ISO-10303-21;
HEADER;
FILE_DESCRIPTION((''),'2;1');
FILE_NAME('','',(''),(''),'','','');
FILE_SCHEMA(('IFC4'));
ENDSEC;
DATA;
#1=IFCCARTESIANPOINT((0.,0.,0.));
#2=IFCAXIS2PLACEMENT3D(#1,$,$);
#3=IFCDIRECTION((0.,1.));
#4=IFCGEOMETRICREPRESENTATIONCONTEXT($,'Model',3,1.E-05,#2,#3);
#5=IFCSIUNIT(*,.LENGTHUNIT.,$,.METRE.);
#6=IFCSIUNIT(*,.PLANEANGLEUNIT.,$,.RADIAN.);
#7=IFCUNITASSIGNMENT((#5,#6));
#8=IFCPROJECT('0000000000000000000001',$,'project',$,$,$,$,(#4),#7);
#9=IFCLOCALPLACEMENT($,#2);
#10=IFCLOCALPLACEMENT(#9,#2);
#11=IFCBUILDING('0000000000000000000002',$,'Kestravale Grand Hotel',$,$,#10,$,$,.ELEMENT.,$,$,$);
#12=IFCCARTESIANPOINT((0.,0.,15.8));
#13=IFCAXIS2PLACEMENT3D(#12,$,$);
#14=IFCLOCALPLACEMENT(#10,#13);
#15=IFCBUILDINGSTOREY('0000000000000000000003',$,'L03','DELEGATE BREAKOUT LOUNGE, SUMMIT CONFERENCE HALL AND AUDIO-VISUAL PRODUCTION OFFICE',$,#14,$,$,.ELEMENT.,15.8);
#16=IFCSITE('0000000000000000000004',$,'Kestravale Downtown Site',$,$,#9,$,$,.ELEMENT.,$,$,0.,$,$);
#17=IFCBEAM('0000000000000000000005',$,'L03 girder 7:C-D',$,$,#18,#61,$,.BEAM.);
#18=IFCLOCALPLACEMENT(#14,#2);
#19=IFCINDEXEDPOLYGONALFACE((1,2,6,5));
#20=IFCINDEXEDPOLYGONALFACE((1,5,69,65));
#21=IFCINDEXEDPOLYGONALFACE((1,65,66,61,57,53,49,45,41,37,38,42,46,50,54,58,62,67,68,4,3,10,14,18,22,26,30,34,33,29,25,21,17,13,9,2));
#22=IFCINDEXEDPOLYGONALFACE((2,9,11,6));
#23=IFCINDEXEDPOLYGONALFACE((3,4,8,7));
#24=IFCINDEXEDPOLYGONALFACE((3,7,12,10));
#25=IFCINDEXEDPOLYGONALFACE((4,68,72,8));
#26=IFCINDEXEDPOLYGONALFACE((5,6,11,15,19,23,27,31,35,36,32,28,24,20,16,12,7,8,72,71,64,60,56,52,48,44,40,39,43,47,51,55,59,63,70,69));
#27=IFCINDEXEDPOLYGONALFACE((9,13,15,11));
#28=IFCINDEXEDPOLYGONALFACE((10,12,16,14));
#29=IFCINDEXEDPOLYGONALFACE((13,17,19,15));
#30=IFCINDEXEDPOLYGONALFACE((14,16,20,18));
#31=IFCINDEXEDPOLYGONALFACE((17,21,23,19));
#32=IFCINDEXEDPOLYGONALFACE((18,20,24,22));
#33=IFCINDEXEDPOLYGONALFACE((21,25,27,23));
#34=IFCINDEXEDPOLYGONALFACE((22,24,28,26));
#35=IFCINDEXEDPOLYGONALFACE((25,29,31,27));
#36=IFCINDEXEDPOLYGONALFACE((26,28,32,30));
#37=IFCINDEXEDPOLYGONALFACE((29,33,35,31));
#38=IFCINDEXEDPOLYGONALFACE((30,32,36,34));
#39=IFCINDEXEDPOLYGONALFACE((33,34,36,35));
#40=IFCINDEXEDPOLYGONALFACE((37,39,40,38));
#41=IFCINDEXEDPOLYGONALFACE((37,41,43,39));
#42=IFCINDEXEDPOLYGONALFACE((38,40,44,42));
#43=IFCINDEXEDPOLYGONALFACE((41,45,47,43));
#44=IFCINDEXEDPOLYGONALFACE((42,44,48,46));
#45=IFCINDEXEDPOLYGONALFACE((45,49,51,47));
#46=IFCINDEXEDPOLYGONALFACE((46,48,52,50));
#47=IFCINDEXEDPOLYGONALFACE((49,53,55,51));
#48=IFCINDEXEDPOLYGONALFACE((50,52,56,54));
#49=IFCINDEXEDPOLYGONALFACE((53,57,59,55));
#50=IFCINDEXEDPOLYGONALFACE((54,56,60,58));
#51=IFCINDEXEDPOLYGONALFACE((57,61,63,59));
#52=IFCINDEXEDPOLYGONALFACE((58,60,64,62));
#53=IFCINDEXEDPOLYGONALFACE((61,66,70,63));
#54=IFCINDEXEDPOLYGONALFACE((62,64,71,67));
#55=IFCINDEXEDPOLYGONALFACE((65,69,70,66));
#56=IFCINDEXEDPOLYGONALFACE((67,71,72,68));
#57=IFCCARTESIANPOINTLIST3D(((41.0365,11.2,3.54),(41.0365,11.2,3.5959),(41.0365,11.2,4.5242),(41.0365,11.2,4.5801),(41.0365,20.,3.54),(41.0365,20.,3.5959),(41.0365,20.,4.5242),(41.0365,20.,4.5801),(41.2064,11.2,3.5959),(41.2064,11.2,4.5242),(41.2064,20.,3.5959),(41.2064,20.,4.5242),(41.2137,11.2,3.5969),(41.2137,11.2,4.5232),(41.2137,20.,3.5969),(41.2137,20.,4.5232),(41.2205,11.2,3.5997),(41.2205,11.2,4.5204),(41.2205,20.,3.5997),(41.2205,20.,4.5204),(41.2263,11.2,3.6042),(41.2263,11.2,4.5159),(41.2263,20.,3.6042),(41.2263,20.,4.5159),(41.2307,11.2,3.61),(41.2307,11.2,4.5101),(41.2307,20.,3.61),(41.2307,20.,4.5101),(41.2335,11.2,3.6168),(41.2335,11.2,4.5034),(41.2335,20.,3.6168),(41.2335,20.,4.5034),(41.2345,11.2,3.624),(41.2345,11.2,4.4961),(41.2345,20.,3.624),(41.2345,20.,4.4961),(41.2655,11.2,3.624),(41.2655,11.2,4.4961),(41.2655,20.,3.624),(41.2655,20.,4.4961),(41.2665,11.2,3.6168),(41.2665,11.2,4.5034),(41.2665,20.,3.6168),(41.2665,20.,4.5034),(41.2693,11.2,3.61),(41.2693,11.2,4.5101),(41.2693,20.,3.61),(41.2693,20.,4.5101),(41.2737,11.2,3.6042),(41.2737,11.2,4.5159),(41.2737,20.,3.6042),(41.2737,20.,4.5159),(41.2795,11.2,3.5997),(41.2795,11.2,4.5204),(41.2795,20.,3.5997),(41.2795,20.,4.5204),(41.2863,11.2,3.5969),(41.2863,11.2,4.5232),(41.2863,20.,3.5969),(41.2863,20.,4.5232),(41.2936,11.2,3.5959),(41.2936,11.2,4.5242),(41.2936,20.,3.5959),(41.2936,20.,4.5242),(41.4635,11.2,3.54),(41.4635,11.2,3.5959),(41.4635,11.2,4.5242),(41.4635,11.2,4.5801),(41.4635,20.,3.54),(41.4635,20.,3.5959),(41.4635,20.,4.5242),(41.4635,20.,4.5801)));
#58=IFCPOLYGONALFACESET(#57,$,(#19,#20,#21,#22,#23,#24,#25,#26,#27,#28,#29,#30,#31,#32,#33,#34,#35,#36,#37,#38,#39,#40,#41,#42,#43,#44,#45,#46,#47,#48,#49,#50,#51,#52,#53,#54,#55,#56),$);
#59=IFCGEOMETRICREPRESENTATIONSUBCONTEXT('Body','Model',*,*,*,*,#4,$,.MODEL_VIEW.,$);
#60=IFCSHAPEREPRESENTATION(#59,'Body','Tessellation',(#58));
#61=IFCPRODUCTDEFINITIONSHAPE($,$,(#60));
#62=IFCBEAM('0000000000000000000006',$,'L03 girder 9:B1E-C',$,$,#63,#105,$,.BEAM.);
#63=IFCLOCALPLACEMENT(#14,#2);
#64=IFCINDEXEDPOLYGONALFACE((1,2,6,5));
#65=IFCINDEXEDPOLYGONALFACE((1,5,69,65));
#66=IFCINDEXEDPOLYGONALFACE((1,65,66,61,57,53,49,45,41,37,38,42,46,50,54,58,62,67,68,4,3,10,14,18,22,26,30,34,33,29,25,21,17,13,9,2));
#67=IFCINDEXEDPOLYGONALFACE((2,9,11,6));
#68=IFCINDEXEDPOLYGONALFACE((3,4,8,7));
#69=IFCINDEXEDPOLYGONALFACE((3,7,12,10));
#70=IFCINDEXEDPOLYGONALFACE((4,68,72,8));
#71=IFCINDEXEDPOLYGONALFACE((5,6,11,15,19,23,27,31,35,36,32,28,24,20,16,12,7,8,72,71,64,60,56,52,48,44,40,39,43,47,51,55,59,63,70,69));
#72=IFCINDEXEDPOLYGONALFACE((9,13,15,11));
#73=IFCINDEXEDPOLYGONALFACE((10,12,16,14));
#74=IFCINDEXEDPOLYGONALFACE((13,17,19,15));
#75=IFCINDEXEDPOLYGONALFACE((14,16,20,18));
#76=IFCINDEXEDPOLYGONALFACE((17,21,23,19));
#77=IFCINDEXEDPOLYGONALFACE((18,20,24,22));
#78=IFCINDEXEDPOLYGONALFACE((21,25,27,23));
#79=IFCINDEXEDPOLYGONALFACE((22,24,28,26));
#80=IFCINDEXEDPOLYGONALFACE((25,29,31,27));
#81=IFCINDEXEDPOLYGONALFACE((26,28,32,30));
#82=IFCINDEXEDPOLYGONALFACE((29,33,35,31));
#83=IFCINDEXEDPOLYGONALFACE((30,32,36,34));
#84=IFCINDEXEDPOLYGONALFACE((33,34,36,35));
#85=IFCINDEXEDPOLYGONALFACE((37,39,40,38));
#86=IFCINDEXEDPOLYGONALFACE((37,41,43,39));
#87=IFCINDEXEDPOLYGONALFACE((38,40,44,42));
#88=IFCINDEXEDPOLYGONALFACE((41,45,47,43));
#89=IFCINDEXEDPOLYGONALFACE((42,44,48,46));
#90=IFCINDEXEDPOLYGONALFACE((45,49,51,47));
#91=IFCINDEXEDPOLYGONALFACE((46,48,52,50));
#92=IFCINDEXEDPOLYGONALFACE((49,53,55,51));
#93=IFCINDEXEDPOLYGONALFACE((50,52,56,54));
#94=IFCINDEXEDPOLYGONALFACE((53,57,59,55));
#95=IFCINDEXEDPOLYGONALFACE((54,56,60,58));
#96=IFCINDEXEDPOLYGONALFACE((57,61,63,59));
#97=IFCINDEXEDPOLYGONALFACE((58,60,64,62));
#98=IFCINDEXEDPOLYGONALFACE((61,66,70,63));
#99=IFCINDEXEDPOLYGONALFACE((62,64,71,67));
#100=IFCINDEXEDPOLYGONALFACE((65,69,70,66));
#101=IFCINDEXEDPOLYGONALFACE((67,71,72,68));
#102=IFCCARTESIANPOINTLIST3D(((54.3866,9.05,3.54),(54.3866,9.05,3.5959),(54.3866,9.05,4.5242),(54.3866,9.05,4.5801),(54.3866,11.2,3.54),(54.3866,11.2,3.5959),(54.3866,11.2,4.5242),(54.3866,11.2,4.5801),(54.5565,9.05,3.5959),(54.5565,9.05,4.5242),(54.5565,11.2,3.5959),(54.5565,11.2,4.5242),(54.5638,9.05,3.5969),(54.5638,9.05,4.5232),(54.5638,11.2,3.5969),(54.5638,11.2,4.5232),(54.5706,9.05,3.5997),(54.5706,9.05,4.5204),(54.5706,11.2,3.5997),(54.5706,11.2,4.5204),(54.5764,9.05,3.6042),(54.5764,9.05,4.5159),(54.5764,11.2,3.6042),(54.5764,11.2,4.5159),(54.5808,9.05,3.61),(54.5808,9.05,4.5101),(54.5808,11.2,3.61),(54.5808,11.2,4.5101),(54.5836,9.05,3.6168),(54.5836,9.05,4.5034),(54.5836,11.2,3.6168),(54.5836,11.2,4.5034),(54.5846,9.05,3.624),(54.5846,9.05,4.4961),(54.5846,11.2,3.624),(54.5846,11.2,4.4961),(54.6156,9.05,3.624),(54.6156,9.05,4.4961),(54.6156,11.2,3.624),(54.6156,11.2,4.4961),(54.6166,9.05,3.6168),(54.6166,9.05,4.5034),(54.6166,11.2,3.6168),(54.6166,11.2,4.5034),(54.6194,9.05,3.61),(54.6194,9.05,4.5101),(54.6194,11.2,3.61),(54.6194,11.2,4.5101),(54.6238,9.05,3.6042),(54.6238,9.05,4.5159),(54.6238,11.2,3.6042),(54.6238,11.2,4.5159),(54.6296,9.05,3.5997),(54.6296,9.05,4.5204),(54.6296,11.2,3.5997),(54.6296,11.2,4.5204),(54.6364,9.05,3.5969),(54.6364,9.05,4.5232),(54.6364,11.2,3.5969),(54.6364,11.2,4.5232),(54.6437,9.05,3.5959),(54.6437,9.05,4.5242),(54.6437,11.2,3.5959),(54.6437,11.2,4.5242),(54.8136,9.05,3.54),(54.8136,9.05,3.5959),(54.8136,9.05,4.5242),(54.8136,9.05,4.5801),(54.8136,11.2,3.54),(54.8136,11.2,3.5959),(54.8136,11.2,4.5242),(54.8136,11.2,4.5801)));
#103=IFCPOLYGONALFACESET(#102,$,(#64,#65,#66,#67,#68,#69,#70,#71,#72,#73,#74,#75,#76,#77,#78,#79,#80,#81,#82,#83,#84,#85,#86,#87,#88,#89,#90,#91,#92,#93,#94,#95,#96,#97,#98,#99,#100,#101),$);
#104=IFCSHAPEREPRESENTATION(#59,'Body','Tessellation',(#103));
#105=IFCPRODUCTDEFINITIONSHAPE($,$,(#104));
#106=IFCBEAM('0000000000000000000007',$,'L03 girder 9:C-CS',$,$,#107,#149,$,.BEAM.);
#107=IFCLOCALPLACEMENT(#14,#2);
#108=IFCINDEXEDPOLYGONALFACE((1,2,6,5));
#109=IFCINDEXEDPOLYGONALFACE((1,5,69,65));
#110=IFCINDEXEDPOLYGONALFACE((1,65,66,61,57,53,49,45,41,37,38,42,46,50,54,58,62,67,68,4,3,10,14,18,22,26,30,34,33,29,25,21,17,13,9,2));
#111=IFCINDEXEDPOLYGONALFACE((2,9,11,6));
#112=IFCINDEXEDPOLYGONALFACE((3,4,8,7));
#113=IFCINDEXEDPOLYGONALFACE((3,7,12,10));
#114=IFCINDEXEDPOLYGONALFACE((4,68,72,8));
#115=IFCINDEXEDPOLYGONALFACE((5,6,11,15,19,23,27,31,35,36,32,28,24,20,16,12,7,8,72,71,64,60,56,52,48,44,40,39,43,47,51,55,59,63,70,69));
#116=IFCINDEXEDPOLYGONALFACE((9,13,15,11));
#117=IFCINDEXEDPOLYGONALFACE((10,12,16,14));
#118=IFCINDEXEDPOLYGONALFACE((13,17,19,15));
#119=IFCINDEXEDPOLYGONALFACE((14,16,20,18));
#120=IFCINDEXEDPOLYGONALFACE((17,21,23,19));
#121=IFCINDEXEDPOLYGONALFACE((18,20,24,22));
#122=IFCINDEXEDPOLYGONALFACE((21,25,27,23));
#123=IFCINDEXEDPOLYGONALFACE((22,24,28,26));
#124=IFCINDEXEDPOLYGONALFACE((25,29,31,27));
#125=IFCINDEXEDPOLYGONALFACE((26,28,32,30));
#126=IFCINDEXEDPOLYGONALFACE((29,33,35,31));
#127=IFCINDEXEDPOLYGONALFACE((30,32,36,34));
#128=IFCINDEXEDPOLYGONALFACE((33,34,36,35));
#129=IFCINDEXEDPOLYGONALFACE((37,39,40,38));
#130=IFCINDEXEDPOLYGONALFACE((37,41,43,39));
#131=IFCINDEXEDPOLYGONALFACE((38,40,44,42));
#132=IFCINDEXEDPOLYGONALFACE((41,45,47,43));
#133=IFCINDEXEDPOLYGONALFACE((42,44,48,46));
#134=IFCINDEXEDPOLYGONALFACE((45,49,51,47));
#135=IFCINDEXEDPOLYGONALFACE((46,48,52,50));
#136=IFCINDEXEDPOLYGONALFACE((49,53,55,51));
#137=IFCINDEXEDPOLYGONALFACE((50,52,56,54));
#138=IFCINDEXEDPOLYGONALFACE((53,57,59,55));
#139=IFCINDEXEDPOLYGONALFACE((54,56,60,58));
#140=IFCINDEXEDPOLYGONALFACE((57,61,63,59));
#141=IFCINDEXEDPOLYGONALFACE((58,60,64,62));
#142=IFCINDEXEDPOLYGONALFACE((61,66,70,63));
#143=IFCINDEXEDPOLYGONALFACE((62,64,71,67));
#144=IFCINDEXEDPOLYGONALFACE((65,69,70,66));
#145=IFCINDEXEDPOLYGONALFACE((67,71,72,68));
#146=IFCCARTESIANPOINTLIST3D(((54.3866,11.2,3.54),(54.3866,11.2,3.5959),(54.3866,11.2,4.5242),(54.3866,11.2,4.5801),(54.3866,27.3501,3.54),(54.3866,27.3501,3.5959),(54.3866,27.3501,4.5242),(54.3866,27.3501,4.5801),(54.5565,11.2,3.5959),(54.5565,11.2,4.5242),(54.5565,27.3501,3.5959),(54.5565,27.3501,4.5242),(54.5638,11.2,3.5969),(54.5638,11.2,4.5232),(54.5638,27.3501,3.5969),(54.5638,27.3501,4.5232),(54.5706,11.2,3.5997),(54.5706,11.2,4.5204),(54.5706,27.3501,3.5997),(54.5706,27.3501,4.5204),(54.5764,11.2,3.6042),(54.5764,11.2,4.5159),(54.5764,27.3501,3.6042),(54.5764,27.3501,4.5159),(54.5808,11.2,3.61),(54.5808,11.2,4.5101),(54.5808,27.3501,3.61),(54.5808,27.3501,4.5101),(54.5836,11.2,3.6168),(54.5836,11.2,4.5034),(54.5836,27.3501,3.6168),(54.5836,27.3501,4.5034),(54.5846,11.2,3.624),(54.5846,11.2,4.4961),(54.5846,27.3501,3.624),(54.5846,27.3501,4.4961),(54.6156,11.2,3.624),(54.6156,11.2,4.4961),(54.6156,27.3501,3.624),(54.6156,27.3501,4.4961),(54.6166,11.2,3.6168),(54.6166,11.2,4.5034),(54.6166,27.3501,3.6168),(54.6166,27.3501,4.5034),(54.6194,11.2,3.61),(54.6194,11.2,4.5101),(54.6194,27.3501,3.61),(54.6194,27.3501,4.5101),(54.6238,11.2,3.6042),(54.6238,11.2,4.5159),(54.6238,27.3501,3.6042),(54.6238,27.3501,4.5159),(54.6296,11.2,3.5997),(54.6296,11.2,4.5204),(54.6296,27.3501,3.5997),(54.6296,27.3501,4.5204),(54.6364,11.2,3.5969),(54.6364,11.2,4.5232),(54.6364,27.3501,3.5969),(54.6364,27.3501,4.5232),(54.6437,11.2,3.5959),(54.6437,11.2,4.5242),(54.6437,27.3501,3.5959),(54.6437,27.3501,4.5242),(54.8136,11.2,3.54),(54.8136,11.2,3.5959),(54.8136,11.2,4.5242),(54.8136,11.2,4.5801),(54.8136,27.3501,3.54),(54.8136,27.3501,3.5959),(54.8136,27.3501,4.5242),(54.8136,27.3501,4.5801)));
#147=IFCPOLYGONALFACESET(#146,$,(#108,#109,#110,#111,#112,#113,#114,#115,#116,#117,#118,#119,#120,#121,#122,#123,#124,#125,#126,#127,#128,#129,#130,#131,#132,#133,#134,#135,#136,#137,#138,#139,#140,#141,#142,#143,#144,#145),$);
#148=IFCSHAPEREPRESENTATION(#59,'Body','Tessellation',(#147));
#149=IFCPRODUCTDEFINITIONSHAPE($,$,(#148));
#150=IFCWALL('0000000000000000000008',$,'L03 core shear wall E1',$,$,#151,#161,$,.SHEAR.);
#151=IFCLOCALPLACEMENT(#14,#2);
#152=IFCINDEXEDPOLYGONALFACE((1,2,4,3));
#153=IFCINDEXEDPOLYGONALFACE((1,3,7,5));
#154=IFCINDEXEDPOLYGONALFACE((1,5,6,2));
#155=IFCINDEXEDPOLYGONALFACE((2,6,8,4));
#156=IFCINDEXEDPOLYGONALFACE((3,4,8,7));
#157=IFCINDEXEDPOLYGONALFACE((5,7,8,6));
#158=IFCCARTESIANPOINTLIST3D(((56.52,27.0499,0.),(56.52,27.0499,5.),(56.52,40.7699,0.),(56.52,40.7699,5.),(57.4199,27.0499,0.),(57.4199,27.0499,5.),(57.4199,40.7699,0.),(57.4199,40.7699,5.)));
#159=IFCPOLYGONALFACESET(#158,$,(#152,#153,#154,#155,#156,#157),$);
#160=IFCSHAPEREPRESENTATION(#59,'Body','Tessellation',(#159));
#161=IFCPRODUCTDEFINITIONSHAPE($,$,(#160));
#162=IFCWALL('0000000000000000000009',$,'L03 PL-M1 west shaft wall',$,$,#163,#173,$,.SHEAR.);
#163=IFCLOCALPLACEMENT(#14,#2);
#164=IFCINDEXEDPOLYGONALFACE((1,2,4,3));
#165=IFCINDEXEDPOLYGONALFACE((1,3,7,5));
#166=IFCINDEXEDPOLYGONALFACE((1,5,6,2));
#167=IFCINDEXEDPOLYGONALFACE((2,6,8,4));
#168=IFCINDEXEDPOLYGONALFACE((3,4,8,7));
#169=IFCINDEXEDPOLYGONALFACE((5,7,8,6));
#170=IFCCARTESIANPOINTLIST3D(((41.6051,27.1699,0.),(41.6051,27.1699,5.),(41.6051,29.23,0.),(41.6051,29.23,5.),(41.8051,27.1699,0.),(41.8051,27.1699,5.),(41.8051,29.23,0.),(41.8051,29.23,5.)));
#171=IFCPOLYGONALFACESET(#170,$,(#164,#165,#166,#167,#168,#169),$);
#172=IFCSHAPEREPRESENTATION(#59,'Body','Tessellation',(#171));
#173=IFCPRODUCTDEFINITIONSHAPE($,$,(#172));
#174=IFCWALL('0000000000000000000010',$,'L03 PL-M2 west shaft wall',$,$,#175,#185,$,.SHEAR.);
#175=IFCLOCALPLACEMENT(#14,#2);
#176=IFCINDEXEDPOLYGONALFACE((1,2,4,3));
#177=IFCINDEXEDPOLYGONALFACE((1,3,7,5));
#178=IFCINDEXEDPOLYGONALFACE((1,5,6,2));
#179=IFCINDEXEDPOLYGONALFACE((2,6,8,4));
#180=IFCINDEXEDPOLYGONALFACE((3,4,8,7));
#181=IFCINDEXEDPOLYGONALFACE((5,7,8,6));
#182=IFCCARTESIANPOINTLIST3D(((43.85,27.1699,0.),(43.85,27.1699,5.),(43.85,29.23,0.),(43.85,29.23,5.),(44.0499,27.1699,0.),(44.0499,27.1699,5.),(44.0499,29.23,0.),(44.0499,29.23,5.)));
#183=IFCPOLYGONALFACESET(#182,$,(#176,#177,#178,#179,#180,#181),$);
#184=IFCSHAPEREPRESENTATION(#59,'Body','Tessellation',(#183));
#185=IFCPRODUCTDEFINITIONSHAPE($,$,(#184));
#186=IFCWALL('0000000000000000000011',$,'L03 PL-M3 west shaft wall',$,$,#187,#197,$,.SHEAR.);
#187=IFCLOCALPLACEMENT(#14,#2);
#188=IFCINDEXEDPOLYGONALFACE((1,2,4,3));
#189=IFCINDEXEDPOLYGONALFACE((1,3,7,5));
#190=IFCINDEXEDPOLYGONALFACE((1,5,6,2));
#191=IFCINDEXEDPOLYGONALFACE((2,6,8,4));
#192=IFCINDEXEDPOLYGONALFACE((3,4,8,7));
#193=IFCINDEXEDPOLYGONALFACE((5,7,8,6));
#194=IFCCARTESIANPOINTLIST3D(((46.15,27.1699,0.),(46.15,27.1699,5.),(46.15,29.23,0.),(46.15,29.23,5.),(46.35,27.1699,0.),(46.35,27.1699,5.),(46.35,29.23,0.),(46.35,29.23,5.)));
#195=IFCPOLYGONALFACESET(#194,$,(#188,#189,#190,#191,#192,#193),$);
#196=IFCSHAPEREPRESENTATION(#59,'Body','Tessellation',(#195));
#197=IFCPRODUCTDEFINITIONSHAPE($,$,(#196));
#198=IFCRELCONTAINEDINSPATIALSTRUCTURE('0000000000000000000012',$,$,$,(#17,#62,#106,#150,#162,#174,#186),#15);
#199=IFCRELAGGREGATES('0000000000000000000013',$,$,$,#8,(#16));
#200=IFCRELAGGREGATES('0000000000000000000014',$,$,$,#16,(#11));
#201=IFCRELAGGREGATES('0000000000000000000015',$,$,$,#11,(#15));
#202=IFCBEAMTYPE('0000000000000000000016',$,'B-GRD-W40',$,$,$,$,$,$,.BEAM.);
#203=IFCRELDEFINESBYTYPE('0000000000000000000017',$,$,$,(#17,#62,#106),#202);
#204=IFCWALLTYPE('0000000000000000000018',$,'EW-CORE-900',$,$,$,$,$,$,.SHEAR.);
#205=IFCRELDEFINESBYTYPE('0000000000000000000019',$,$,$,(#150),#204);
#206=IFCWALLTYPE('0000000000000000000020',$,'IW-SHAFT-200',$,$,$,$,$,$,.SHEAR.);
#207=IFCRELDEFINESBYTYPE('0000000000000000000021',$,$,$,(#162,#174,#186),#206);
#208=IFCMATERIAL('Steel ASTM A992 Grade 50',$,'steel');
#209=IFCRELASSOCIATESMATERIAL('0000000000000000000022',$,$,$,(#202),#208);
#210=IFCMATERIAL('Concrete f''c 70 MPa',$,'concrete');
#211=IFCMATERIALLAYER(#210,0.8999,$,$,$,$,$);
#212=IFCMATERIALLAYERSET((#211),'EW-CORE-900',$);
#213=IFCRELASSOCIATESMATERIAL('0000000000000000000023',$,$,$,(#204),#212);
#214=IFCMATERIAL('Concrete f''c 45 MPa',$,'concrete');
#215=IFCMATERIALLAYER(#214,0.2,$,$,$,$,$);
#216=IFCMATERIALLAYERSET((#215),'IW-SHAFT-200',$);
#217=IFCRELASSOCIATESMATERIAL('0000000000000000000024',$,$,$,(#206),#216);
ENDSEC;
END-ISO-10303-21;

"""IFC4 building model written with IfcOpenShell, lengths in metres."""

from ifc_helpers import new_model, si_unit, direction, frame, frame_2d, origin, origin_2d, place, context, subcontext, project, spatial, rectangle, i_section, extrude, material, layer, layer_set, material_profile, profile_set, type_object, element, save


model = new_model("IFC4")

# Units and contexts
model_context = context("Model", 3, precision=1e-05, world=origin(), true_north=direction((0.0, 1.0)))
body_context = subcontext(model_context, "Body", "Model", "MODEL_VIEW")
ifc_project = project(units=[si_unit("LENGTHUNIT", "METRE"), si_unit("PLANEANGLEUNIT", "RADIAN")], contexts=[model_context])

# Site, building, storey
site_placement = place(None, origin())
site = spatial("IfcSite", under=ifc_project, at=site_placement, Name="Kestravale Downtown Site", CompositionType="ELEMENT", RefElevation=0.0)
building_placement = place(site_placement, origin())
building = spatial("IfcBuilding", under=site, at=building_placement, Name="Kestravale Grand Hotel", CompositionType="ELEMENT")
storey_placement = place(building_placement, frame((0.0, 0.0, 15.8)))
storey = spatial("IfcBuildingStorey", under=building, at=storey_placement, Name="L03", Description="DELEGATE BREAKOUT LOUNGE, SUMMIT CONFERENCE HALL AND AUDIO-VISUAL PRODUCTION OFFICE", CompositionType="ELEMENT", Elevation=15.8)

# Beams
ifc_material_1 = material(Name="Steel ASTM A992 Grade 50", Category="steel")
ifc_material_profile_1 = material_profile(ifc_material_1, i_section(OverallWidth=0.427, OverallDepth=1.04, WebThickness=0.031, FlangeThickness=0.0559, FilletRadius=0.0281, at=origin_2d()))
ifc_profile_set_1 = profile_set([ifc_material_profile_1], Name="Steel ASTM A992 Grade 50")
beam_type = type_object("IfcBeamType", Name="B-GRD-W40", PredefinedType="BEAM", material=ifc_profile_set_1)
for number, where, z_axis, x_axis, name in (
    (1, (41.25, 11.2, 4.0601), (0.0, 1.0, 0.0), (-1.0, 0.0, 0.0), "L03 girder 7:C-D"),
):
    element("IfcBeam", number, at=place(storey_placement, frame(where, z_axis=z_axis, x_axis=x_axis)), inside=storey, type_object=beam_type, Name=name, PredefinedType="BEAM", context=body_context, shape_type="SweptSolid", body=[
        extrude(i_section(OverallWidth=0.427, OverallDepth=1.04, WebThickness=0.031, FlangeThickness=0.0559, FilletRadius=0.0281, at=origin_2d()), origin(), (0.0, 0.0, 1.0), 8.8),
    ])
beam_1_placement = place(storey_placement, frame((54.6001, 9.05, 4.0601), z_axis=(0.0, 1.0, 0.0), x_axis=(-1.0, 0.0, 0.0)))
element("IfcBeam", 2, at=beam_1_placement, inside=storey, type_object=beam_type, Name="L03 girder 9:B1E-C", PredefinedType="BEAM", context=body_context, shape_type="SweptSolid", body=[
    extrude(i_section(OverallWidth=0.427, OverallDepth=1.04, WebThickness=0.031, FlangeThickness=0.0559, FilletRadius=0.0281, at=origin_2d()), origin(), (0.0, 0.0, 1.0), 2.1499),
])
beam_2_placement = place(storey_placement, frame((54.6001, 11.2, 4.0601), z_axis=(0.0, 1.0, 0.0), x_axis=(-1.0, 0.0, 0.0)))
element("IfcBeam", 3, at=beam_2_placement, inside=storey, type_object=beam_type, Name="L03 girder 9:C-CS", PredefinedType="BEAM", context=body_context, shape_type="SweptSolid", body=[
    extrude(i_section(OverallWidth=0.427, OverallDepth=1.04, WebThickness=0.031, FlangeThickness=0.0559, FilletRadius=0.0281, at=origin_2d()), origin(), (0.0, 0.0, 1.0), 16.1501),
])

# Walls
ifc_material_2 = material(Name="Concrete f'c 70 MPa", Category="concrete")
ifc_layer_1 = layer(ifc_material_2, 0.8999)
ifc_layer_set_1 = layer_set([ifc_layer_1], Name="EW-CORE-900")
wall_type_1 = type_object("IfcWallType", Name="EW-CORE-900", PredefinedType="SHEAR", material=ifc_layer_set_1)
wall_1_placement = place(storey_placement, frame((56.97, 27.05, 0.0), z_axis=(0.0, 0.0, 1.0), x_axis=(0.0, 1.0, 0.0)))
element("IfcWall", 4, at=wall_1_placement, inside=storey, type_object=wall_type_1, Name="L03 core shear wall E1", PredefinedType="SHEAR", context=body_context, shape_type="SweptSolid", body=[
    extrude(rectangle(XDim=13.72, YDim=0.8999, at=frame_2d((6.8599, 0.0))), origin(), (0.0, 0.0, 1.0), 5.0),
])
ifc_material_3 = material(Name="Concrete f'c 45 MPa", Category="concrete")
ifc_layer_2 = layer(ifc_material_3, 0.2)
ifc_layer_set_2 = layer_set([ifc_layer_2], Name="IW-SHAFT-200")
wall_type_2 = type_object("IfcWallType", Name="IW-SHAFT-200", PredefinedType="SHEAR", material=ifc_layer_set_2)
for number, where, z_axis, x_axis, name in (
    (5, (41.7051, 27.1699, 0.0), (0.0, 0.0, 1.0), (0.0, 1.0, 0.0), "L03 PL-M1 west shaft wall"),
    (6, (43.95, 27.1699, 0.0), (0.0, 0.0, 1.0), (0.0, 1.0, 0.0), "L03 PL-M2 west shaft wall"),
    (7, (46.25, 27.1699, 0.0), (0.0, 0.0, 1.0), (0.0, 1.0, 0.0), "L03 PL-M3 west shaft wall"),
):
    element("IfcWall", number, at=place(storey_placement, frame(where, z_axis=z_axis, x_axis=x_axis)), inside=storey, type_object=wall_type_2, Name=name, PredefinedType="SHEAR", context=body_context, shape_type="SweptSolid", body=[
        extrude(rectangle(XDim=2.0601, YDim=0.2, at=frame_2d((1.03, 0.0))), origin(), (0.0, 0.0, 1.0), 5.0),
    ])

save(model, "model.ifc")
